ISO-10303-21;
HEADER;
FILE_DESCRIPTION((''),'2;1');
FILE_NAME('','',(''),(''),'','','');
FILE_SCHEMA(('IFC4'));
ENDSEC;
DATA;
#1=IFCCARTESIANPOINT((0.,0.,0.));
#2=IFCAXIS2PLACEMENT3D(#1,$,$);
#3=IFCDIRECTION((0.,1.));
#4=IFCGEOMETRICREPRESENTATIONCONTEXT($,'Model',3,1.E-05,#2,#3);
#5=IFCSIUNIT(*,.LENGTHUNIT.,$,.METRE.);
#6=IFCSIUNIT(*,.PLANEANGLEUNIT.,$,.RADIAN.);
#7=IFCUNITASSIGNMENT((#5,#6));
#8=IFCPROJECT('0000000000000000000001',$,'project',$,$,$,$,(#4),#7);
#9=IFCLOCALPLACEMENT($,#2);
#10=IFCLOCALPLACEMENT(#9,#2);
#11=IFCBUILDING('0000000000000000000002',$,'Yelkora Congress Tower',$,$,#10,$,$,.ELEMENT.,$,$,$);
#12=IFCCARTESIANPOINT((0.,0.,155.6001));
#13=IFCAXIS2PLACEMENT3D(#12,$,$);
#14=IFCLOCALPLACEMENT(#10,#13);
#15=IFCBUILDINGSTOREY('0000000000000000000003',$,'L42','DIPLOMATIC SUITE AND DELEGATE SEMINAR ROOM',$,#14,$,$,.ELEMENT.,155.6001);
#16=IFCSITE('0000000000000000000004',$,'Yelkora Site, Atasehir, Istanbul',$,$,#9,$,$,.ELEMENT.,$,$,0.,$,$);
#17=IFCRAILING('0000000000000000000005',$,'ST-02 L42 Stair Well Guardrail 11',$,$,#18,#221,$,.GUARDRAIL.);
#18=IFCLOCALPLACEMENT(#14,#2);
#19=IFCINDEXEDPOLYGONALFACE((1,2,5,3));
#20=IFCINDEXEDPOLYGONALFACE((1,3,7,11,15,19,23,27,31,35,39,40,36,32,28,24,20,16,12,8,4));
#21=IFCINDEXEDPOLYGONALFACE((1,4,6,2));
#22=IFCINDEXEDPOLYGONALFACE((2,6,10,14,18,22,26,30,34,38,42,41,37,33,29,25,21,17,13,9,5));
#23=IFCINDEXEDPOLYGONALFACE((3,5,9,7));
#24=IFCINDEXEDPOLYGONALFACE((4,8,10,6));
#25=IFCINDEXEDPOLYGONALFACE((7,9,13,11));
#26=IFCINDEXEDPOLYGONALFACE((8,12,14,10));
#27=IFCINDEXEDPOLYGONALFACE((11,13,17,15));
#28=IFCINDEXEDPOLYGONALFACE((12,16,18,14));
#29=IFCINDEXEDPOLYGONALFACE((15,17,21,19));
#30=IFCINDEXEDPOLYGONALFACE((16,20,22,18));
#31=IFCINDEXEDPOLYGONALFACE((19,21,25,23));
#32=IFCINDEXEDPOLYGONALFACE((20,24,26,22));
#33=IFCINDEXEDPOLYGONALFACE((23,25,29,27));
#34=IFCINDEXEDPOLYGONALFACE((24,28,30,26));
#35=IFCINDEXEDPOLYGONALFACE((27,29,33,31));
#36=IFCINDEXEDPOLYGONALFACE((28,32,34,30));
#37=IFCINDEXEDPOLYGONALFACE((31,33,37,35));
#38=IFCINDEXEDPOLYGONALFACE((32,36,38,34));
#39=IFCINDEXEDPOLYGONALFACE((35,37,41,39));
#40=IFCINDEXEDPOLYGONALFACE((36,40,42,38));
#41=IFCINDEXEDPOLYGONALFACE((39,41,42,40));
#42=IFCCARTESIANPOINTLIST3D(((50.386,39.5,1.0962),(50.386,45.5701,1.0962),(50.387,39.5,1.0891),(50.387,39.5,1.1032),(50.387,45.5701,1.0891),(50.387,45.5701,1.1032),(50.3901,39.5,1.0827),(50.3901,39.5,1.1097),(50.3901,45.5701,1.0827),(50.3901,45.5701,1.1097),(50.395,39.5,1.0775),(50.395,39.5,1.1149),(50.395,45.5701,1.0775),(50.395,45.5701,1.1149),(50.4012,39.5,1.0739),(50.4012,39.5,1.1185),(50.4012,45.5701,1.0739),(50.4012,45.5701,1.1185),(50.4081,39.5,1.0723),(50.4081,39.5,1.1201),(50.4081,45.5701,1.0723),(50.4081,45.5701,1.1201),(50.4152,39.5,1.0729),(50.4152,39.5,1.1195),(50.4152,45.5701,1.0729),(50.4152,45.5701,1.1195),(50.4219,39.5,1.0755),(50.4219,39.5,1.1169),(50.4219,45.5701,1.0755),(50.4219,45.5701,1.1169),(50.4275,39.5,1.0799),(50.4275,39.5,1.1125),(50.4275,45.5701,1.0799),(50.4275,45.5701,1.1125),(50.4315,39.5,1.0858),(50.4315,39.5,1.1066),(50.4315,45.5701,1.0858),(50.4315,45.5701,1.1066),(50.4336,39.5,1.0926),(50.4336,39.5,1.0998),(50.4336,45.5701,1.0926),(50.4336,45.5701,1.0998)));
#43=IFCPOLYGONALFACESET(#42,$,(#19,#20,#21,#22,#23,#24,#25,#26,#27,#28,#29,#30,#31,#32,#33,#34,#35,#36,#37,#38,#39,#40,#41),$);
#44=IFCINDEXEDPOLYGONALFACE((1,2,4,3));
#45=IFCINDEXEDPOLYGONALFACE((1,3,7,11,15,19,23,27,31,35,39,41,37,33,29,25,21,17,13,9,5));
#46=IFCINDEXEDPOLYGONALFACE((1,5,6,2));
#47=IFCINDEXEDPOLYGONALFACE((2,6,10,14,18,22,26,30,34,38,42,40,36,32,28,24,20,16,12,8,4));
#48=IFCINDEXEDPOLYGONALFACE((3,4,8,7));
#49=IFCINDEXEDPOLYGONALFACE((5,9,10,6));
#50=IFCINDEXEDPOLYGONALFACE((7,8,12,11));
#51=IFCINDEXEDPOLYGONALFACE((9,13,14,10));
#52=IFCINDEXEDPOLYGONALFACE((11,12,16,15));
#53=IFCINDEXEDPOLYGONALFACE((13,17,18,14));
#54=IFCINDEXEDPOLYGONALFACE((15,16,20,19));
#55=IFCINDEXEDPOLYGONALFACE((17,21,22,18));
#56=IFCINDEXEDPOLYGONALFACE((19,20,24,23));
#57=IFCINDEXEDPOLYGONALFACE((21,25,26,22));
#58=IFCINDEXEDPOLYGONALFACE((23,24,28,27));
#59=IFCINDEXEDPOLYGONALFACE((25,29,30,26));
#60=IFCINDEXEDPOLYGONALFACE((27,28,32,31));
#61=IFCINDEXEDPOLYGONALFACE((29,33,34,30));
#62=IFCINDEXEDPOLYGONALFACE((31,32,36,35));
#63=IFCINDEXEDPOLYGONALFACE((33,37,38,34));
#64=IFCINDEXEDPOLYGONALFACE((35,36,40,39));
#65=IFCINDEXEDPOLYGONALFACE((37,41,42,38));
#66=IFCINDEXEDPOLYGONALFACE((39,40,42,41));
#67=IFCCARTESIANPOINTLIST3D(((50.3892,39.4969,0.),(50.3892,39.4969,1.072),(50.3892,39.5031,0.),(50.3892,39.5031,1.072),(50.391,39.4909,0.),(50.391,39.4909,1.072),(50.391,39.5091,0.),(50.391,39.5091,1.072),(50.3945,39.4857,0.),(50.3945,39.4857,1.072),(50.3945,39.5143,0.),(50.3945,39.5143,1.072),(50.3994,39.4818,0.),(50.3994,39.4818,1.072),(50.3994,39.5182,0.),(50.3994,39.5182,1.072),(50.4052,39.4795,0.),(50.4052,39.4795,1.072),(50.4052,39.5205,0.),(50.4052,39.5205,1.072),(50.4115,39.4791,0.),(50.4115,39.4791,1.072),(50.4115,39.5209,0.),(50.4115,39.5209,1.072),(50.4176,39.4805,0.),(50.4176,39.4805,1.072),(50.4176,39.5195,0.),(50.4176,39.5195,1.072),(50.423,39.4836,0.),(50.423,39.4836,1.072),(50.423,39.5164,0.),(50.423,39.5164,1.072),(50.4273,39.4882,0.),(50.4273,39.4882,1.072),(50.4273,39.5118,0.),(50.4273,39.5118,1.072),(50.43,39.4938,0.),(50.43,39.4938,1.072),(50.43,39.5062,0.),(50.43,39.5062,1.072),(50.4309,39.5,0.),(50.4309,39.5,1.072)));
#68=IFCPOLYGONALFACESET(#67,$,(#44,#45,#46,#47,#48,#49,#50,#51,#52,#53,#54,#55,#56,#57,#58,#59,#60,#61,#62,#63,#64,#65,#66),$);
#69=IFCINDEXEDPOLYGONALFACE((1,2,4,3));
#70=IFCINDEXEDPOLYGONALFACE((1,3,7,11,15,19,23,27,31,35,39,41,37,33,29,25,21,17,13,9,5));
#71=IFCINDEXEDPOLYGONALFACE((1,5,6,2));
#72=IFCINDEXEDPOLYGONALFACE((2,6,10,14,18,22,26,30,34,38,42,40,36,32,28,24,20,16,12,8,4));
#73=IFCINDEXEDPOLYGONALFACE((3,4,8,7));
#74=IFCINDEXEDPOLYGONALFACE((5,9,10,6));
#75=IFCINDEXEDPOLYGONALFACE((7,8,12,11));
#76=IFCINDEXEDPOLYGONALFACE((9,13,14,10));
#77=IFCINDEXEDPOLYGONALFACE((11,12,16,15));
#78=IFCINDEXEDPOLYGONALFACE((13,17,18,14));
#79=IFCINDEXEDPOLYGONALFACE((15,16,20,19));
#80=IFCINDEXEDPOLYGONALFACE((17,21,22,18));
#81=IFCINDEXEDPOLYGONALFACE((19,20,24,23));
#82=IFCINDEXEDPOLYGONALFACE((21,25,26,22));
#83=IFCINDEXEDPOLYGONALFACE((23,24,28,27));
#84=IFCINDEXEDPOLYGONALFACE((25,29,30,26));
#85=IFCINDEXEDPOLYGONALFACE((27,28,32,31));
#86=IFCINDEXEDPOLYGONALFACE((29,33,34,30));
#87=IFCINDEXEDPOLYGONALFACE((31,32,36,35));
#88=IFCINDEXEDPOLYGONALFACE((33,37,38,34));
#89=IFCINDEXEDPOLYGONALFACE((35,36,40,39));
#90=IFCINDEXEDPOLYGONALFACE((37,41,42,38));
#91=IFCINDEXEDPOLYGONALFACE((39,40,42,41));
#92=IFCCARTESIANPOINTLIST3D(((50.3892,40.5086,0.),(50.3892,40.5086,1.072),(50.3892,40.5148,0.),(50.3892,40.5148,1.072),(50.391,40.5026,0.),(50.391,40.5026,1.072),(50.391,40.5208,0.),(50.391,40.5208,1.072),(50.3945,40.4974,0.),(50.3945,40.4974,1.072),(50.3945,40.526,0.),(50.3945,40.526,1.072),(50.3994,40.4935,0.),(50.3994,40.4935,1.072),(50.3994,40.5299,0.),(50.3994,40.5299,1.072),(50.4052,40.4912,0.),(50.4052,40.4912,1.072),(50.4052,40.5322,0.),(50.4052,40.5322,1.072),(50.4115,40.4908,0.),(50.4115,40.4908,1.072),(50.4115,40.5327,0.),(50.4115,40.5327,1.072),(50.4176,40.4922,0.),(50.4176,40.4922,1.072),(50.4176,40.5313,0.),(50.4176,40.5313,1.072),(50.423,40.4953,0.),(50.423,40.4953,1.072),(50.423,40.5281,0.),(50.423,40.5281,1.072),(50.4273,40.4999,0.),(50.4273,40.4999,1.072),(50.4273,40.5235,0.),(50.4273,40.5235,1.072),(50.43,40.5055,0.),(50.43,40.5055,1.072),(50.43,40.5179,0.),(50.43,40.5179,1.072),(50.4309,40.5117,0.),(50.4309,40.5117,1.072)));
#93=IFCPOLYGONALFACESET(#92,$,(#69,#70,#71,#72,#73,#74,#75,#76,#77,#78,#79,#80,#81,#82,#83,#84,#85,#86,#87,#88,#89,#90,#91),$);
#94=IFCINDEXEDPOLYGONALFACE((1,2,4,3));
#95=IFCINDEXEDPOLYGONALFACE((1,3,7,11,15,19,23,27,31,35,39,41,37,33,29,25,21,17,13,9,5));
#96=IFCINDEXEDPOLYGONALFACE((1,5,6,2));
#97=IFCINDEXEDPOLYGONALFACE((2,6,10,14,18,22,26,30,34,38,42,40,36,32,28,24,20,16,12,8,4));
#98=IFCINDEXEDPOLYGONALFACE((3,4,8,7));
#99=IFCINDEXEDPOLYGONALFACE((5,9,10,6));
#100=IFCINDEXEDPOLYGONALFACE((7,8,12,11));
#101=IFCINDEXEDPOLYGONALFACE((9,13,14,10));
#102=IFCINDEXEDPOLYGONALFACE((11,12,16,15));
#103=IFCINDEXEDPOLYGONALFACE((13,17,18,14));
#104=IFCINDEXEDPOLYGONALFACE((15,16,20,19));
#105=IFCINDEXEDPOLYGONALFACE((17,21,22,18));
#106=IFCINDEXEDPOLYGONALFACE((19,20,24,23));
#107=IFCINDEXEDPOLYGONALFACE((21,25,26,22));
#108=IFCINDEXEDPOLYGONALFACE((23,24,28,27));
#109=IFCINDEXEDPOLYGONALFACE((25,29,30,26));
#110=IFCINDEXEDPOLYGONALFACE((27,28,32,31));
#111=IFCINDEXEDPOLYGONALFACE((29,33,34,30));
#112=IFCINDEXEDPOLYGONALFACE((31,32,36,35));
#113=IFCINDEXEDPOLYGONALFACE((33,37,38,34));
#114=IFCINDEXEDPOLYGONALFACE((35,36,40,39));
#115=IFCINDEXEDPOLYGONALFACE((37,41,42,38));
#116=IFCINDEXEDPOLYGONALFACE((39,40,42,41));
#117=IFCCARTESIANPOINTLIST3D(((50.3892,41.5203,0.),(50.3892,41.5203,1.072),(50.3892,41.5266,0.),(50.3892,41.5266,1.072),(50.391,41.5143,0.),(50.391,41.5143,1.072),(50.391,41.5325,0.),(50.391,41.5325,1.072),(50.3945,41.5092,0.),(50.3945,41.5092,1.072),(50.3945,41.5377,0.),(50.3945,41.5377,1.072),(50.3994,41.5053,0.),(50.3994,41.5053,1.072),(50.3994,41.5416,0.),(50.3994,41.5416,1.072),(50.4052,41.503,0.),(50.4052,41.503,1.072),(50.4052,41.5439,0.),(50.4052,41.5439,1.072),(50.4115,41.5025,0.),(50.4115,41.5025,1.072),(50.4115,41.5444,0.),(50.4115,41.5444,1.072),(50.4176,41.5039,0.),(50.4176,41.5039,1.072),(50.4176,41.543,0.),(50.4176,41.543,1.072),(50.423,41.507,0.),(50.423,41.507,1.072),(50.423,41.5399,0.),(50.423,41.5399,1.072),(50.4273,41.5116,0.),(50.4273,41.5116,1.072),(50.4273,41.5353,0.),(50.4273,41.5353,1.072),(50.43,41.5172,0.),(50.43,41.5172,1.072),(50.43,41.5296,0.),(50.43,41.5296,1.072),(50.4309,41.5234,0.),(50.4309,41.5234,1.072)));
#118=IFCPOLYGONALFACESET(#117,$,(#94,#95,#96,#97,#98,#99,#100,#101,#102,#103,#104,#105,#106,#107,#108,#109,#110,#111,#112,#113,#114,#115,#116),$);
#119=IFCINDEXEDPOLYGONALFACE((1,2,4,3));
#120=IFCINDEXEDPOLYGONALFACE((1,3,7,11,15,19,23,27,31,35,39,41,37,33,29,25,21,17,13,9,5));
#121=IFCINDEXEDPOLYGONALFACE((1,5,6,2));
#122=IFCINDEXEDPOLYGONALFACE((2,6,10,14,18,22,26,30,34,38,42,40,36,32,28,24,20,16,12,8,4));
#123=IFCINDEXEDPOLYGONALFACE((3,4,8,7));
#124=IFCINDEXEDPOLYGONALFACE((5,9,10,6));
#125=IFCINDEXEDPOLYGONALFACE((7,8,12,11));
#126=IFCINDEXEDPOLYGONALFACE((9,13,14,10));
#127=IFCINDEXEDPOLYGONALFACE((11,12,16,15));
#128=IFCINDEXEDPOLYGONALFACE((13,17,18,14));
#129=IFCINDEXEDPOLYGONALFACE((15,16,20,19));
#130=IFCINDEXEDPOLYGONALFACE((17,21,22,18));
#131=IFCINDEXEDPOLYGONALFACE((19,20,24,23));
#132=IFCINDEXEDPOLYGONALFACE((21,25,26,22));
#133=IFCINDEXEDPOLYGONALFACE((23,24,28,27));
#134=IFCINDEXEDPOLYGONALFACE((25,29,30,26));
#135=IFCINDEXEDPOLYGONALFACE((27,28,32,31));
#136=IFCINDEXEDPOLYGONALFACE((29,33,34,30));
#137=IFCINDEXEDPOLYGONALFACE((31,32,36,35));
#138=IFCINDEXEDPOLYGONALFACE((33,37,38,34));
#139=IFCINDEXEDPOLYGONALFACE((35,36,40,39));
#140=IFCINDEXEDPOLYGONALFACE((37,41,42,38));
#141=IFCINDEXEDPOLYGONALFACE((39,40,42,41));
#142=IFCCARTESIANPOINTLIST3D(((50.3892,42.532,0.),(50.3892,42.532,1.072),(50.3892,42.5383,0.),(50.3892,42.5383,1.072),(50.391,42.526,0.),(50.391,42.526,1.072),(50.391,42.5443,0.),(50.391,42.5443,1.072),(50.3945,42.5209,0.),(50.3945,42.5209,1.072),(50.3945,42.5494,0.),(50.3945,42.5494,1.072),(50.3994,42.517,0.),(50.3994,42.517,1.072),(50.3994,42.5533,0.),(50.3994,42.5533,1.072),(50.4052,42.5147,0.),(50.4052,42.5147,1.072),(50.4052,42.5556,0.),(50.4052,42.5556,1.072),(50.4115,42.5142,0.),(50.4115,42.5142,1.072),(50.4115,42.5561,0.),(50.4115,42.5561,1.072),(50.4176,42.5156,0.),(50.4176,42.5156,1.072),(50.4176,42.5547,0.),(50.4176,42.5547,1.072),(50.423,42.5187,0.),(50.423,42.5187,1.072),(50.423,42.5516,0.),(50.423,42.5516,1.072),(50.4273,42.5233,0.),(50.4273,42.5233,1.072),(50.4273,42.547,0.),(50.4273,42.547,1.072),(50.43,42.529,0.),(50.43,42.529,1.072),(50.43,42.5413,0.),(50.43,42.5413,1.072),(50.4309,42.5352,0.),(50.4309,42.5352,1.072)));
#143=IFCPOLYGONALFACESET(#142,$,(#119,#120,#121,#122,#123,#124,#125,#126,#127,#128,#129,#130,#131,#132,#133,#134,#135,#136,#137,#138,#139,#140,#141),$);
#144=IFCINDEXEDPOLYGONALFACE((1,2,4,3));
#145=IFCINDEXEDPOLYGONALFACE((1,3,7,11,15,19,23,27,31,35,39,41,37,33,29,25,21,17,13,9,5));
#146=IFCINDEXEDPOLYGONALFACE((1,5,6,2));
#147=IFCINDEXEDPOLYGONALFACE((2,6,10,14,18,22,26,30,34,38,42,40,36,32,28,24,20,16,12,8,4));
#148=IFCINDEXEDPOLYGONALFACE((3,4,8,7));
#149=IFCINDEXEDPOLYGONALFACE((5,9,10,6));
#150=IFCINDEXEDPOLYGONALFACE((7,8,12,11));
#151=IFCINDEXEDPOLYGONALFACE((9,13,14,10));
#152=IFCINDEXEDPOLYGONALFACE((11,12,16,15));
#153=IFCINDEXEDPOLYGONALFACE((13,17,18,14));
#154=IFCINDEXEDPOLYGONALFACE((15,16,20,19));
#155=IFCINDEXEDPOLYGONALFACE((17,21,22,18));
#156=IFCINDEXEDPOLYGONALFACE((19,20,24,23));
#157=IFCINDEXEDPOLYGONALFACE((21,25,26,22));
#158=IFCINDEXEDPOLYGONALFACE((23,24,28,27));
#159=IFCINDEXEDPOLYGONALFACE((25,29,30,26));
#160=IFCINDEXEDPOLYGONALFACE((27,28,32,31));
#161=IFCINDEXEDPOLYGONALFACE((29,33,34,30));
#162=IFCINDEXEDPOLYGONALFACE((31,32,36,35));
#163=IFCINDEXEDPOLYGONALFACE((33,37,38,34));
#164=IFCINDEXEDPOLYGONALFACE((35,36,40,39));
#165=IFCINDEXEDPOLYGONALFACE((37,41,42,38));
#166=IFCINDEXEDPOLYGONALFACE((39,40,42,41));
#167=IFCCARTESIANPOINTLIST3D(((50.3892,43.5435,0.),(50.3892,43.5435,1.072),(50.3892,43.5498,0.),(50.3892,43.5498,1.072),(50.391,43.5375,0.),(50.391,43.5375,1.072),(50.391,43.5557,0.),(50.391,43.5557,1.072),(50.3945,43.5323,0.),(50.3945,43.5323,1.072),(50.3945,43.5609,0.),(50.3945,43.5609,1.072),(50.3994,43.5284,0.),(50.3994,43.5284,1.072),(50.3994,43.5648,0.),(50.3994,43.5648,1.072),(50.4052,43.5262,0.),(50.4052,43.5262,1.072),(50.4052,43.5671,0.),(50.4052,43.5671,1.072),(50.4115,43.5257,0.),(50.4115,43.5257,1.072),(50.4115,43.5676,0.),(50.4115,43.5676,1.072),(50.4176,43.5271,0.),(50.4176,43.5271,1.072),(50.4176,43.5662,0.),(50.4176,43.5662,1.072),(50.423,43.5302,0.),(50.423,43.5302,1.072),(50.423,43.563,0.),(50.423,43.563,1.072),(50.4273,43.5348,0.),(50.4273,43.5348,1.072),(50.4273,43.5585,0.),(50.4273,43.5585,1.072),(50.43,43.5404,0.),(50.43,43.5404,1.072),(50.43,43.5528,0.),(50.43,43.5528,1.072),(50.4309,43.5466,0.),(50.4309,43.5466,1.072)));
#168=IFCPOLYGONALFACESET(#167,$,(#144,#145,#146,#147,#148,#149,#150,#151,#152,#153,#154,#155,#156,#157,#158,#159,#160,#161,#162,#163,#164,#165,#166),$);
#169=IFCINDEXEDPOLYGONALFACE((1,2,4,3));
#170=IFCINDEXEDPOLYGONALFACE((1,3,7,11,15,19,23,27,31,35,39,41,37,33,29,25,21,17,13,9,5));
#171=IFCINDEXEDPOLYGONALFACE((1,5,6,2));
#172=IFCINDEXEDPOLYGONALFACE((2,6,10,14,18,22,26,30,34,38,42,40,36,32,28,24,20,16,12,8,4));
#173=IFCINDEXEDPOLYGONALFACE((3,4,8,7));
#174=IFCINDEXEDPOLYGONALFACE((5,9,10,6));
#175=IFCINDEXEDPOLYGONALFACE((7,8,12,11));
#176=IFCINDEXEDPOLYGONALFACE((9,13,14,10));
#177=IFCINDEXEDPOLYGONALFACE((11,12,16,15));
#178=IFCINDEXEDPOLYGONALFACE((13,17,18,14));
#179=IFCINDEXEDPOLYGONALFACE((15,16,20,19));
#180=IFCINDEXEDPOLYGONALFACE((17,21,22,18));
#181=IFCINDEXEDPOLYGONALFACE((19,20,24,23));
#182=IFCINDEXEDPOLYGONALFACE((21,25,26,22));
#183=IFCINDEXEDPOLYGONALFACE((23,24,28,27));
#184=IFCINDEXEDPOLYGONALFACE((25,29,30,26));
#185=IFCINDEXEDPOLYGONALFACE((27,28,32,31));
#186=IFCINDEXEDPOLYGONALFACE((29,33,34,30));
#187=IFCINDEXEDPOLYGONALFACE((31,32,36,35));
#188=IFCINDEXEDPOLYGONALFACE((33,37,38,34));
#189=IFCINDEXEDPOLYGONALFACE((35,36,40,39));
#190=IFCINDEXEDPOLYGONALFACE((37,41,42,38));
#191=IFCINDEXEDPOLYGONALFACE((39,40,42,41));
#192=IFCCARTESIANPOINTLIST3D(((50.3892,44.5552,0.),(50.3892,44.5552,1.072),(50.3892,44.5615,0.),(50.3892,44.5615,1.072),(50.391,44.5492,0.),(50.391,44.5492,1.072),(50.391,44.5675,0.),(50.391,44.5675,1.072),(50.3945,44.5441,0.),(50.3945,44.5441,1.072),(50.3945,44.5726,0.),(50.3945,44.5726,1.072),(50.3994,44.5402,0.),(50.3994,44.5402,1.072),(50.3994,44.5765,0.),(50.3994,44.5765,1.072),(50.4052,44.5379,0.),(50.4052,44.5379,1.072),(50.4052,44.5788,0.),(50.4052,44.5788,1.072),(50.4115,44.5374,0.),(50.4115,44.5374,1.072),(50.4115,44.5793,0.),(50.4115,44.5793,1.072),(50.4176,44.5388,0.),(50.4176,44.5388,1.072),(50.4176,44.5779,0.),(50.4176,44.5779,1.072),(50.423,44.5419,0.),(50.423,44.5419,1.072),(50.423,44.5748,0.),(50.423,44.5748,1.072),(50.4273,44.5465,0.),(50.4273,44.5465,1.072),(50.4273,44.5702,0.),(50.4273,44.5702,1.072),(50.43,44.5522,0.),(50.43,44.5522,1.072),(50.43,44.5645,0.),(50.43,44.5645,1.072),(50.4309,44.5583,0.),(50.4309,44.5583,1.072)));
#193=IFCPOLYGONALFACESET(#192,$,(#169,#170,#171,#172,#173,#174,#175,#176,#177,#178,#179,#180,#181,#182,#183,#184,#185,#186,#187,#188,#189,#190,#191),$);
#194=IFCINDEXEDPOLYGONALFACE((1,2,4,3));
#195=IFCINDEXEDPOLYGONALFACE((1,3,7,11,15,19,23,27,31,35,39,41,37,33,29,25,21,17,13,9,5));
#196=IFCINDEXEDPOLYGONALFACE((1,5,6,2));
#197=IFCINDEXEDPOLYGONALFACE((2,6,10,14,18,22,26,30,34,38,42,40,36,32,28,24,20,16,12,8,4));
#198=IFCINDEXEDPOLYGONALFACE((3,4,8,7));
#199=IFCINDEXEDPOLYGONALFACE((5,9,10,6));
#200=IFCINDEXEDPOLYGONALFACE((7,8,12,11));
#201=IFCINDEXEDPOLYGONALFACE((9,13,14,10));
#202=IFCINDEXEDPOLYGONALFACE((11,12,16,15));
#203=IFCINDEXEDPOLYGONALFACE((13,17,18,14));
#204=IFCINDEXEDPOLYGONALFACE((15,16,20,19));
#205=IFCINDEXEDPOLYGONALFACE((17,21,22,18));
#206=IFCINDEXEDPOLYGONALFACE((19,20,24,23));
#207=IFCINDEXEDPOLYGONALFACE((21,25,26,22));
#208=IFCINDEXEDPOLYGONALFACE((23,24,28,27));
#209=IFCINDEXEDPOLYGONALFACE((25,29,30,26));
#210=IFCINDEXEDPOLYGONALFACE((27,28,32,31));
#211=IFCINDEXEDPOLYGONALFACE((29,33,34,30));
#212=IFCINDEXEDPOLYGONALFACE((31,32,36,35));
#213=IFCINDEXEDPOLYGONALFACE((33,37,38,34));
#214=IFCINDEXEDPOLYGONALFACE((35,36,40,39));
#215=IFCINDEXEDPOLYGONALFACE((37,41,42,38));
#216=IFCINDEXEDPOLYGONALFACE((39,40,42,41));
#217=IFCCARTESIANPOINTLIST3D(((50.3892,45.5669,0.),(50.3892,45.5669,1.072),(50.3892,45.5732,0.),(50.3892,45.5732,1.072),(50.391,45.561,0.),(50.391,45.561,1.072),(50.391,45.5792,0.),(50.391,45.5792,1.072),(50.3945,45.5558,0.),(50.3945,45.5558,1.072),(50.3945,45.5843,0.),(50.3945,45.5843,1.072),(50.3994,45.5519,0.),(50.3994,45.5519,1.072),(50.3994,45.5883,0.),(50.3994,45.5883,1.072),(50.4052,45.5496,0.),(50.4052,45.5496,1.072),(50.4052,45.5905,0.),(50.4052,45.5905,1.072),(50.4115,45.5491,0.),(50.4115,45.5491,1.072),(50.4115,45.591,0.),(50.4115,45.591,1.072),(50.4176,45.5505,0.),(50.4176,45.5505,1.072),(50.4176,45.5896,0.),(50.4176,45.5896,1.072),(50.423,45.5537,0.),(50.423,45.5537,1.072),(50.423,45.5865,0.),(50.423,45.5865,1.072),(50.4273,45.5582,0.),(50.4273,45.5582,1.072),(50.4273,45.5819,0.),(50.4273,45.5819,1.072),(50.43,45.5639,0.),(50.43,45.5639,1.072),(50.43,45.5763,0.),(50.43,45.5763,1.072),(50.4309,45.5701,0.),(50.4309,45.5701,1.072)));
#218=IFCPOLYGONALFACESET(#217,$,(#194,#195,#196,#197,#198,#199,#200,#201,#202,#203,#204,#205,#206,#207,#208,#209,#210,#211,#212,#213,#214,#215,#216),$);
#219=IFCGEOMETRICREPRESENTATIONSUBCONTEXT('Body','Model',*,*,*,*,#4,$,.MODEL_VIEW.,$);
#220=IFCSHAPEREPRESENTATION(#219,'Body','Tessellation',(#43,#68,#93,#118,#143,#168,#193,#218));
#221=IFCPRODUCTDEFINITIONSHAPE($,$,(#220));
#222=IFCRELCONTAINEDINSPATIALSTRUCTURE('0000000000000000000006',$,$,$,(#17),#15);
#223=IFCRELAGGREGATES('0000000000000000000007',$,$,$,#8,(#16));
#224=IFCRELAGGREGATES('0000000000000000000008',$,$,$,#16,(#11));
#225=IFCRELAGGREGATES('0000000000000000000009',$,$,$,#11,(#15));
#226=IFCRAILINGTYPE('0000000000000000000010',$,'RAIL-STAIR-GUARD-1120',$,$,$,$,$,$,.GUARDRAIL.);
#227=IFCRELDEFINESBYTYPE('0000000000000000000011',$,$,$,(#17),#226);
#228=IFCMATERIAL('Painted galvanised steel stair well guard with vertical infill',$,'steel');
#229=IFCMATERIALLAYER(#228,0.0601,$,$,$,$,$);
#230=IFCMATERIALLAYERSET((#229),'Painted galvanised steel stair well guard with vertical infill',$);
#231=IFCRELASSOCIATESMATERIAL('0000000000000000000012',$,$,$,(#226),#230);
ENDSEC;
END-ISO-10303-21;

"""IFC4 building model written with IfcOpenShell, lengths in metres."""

from ifc_helpers import new_model, si_unit, direction, frame, origin, origin_2d, place, context, subcontext, project, spatial, circle, extrude, material, layer, layer_set, type_object, element, save


model = new_model("IFC4")

# Units and contexts
model_context = context("Model", 3, precision=1e-05, world=origin(), true_north=direction((0.0, 1.0)))
body_context = subcontext(model_context, "Body", "Model", "MODEL_VIEW")
ifc_project = project(units=[si_unit("LENGTHUNIT", "METRE"), si_unit("PLANEANGLEUNIT", "RADIAN")], contexts=[model_context])

# Site, building, storey
site_placement = place(None, origin())
site = spatial("IfcSite", under=ifc_project, at=site_placement, Name="Yelkora Site, Atasehir, Istanbul", CompositionType="ELEMENT", RefElevation=0.0)
building_placement = place(site_placement, origin())
building = spatial("IfcBuilding", under=site, at=building_placement, Name="Yelkora Congress Tower", CompositionType="ELEMENT")
storey_placement = place(building_placement, frame((0.0, 0.0, 155.6001)))
storey = spatial("IfcBuildingStorey", under=building, at=storey_placement, Name="L42", Description="DIPLOMATIC SUITE AND DELEGATE SEMINAR ROOM", CompositionType="ELEMENT", Elevation=155.6001)

# Railing
ifc_material_1 = material(Name="Painted galvanised steel stair well guard with vertical infill", Category="steel")
ifc_layer_1 = layer(ifc_material_1, 0.0601)
ifc_layer_set_1 = layer_set([ifc_layer_1], Name="Painted galvanised steel stair well guard with vertical infill")
railing_type_1 = type_object("IfcRailingType", Name="RAIL-STAIR-GUARD-1120", PredefinedType="GUARDRAIL", material=ifc_layer_set_1)
railing_1_placement = place(storey_placement, frame((50.4099, 39.5, 0.0)))
element("IfcRailing", 1, at=railing_1_placement, inside=storey, type_object=railing_type_1, Name="ST-02 L42 Stair Well Guardrail 11", PredefinedType="GUARDRAIL", context=body_context, shape_type="SweptSolid", body=[
    extrude(circle(Radius=0.0239, at=origin_2d()), frame((0.0, 0.0, 1.0962), z_axis=(0.0, 1.0, 0.0), x_axis=(-1.0, 0.0, 0.0)), (0.0, 0.0, 1.0), 6.0701),
    extrude(circle(Radius=0.021, at=origin_2d()), origin(), (0.0, 0.0, 1.0), 1.072),
    extrude(circle(Radius=0.021, at=origin_2d()), frame((0.0, 1.0117, 0.0)), (0.0, 0.0, 1.0), 1.072),
    extrude(circle(Radius=0.021, at=origin_2d()), frame((0.0, 2.0234, 0.0)), (0.0, 0.0, 1.0), 1.072),
    extrude(circle(Radius=0.021, at=origin_2d()), frame((0.0, 3.0352, 0.0)), (0.0, 0.0, 1.0), 1.072),
    extrude(circle(Radius=0.021, at=origin_2d()), frame((0.0, 4.0466, 0.0)), (0.0, 0.0, 1.0), 1.072),
    extrude(circle(Radius=0.021, at=origin_2d()), frame((0.0, 5.0583, 0.0)), (0.0, 0.0, 1.0), 1.072),
    extrude(circle(Radius=0.021, at=origin_2d()), frame((0.0, 6.0701, 0.0)), (0.0, 0.0, 1.0), 1.072),
])

save(model, "model.ifc")
